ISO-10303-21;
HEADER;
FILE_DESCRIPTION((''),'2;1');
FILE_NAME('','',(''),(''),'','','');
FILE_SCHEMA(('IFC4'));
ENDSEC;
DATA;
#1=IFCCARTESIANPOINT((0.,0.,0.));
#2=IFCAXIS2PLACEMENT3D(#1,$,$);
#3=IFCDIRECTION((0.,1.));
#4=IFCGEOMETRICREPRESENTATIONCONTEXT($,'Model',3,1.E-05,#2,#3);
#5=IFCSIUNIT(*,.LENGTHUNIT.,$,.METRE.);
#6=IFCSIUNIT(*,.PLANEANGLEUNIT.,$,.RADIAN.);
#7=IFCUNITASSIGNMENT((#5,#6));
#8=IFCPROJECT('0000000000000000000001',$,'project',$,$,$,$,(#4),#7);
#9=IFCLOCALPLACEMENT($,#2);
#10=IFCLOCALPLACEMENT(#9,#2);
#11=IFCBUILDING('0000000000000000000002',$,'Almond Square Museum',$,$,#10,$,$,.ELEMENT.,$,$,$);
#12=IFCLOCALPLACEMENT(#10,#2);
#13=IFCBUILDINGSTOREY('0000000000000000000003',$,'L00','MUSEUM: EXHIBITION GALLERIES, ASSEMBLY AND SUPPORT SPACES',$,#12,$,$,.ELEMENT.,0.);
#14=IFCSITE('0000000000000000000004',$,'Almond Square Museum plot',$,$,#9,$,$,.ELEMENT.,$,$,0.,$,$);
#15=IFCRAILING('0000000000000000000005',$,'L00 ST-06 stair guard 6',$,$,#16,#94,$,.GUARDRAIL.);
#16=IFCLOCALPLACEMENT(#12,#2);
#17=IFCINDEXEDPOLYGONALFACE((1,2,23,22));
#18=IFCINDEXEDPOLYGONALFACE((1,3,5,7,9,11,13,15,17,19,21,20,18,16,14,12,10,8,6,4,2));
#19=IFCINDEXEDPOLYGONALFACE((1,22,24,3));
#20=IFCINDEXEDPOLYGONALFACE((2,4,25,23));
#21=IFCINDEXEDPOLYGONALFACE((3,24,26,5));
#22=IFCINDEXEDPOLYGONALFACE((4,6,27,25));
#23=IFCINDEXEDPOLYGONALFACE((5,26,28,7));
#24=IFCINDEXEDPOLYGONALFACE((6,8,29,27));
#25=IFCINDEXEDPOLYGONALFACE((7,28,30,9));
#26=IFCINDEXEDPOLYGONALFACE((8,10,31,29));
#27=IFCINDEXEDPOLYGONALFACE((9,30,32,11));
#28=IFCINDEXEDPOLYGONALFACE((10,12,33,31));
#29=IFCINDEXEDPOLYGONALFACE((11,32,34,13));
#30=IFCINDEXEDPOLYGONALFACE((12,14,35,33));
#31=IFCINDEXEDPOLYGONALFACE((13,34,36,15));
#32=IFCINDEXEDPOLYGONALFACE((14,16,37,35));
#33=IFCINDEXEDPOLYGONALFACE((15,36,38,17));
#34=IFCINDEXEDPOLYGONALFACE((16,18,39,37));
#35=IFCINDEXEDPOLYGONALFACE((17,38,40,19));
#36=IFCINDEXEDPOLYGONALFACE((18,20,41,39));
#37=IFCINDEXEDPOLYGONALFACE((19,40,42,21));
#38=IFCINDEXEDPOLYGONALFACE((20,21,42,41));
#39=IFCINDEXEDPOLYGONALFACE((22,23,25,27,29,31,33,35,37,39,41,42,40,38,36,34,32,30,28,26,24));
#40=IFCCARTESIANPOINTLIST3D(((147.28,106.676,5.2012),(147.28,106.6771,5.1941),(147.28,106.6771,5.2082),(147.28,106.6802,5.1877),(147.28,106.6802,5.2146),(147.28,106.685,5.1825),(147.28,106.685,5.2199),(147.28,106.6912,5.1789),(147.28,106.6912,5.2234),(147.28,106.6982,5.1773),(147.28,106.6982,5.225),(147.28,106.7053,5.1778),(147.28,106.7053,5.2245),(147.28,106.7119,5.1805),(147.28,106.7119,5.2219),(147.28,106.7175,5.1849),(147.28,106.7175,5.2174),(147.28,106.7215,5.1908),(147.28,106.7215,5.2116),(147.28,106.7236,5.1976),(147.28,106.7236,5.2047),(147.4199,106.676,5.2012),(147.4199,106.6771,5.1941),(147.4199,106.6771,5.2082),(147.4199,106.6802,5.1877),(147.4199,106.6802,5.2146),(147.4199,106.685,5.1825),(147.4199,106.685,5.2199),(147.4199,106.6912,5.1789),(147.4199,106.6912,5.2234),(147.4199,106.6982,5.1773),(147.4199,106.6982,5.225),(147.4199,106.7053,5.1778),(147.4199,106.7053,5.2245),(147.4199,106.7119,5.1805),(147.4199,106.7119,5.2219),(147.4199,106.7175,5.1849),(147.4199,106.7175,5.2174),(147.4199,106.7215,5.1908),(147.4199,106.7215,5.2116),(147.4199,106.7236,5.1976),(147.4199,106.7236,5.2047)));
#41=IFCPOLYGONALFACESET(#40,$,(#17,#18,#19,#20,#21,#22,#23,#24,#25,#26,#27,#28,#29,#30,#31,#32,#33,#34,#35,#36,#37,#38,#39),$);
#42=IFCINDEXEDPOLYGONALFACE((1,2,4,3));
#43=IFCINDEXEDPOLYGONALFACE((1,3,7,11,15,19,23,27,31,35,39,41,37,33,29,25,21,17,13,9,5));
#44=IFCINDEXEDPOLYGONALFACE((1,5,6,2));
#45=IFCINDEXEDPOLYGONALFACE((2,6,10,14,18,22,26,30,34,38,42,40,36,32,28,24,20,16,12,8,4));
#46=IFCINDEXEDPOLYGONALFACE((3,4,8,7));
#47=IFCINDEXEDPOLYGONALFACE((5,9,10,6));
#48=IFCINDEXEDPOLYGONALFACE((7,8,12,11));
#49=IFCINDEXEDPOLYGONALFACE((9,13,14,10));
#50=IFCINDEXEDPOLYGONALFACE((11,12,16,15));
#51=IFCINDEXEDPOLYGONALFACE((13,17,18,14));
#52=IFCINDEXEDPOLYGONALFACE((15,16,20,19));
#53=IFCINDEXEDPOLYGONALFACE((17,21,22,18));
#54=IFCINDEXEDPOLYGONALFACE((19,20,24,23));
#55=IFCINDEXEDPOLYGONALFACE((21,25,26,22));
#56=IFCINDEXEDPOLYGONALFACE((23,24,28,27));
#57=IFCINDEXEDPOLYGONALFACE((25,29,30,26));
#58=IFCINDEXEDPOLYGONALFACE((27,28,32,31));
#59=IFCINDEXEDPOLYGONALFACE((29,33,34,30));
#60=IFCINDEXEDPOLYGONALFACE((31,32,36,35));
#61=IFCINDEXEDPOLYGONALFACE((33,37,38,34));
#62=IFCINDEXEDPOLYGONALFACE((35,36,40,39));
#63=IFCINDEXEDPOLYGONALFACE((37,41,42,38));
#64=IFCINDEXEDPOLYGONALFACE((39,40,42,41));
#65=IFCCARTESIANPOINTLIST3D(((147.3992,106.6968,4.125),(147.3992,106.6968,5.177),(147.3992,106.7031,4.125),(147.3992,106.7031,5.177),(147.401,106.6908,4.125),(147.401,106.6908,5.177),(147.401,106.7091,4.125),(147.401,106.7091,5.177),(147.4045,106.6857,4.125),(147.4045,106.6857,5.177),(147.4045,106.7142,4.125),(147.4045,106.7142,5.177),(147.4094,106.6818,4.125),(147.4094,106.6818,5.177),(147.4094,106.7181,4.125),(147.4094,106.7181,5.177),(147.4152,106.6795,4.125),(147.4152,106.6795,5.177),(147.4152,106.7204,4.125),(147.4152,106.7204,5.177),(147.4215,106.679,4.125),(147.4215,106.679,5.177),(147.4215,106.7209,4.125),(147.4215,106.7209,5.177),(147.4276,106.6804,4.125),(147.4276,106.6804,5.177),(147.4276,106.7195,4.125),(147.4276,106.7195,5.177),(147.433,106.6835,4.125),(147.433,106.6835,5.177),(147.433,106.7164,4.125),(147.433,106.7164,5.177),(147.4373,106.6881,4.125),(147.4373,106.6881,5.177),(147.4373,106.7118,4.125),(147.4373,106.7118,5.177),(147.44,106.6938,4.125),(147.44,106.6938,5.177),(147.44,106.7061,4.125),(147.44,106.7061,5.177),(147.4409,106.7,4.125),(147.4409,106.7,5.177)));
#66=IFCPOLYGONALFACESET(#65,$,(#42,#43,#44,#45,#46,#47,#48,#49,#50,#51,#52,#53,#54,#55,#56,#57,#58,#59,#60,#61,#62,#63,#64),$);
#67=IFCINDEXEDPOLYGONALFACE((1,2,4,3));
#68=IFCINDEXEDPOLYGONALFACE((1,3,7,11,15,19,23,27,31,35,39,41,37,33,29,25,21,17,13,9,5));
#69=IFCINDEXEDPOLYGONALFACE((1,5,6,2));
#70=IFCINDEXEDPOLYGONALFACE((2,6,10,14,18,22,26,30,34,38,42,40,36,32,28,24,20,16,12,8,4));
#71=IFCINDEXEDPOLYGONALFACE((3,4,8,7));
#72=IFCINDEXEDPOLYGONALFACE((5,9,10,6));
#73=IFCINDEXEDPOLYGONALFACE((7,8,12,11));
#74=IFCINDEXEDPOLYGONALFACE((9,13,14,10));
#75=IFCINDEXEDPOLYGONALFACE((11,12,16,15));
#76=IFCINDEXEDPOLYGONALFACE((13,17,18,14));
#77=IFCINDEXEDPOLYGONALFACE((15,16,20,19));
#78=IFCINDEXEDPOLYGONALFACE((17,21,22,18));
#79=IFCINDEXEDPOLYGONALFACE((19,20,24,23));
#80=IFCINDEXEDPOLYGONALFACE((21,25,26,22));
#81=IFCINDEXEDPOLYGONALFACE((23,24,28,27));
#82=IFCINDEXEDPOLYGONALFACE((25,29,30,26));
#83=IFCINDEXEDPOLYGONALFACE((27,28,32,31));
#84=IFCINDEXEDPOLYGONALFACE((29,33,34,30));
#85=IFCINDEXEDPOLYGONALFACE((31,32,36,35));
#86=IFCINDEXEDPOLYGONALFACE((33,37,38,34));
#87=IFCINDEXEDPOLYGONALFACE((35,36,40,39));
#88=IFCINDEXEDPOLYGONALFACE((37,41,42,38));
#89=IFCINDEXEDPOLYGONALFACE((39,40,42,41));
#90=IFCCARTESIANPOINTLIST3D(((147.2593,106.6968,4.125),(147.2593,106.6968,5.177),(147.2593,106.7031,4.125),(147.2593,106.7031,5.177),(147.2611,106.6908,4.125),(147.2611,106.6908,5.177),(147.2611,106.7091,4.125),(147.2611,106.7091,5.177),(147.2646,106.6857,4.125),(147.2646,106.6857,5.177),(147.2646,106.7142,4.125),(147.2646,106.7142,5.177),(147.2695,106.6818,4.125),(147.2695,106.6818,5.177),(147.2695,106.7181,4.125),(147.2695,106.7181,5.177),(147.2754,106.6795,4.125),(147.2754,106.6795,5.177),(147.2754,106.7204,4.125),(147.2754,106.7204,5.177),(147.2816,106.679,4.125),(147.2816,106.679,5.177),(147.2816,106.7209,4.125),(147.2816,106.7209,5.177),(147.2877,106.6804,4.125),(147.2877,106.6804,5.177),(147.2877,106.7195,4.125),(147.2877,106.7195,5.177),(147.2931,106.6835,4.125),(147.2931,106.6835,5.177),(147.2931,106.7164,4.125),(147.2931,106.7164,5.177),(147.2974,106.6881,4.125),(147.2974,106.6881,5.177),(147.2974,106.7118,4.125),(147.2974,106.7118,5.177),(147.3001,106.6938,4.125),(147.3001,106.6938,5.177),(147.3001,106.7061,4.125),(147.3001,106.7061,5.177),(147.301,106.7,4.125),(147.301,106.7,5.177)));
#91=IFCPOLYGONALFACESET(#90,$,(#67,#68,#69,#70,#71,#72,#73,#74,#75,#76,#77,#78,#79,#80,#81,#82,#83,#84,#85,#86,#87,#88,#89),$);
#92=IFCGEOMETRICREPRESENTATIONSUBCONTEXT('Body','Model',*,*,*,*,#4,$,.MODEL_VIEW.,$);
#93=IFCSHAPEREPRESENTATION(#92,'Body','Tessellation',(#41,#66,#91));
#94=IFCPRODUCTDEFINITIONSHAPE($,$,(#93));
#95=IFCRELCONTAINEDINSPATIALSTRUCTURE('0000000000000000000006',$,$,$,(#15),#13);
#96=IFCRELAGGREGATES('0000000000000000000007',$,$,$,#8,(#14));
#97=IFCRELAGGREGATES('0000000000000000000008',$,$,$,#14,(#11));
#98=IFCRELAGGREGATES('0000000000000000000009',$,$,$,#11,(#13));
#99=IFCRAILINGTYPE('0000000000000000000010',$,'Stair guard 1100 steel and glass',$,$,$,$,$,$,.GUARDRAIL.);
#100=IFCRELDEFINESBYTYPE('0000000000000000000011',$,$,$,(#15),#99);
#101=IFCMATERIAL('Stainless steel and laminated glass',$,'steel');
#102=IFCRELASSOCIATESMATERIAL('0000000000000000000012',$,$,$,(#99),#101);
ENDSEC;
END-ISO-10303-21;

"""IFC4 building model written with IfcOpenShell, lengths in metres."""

from ifc_helpers import new_model, si_unit, direction, frame, origin, origin_2d, place, context, subcontext, project, spatial, circle, extrude, material, type_object, element, save


model = new_model("IFC4")

# Units and contexts
model_context = context("Model", 3, precision=1e-05, world=origin(), true_north=direction((0.0, 1.0)))
body_context = subcontext(model_context, "Body", "Model", "MODEL_VIEW")
ifc_project = project(units=[si_unit("LENGTHUNIT", "METRE"), si_unit("PLANEANGLEUNIT", "RADIAN")], contexts=[model_context])

# Site, building, storey
site_placement = place(None, origin())
site = spatial("IfcSite", under=ifc_project, at=site_placement, Name="Almond Square Museum plot", CompositionType="ELEMENT", RefElevation=0.0)
building_placement = place(site_placement, origin())
building = spatial("IfcBuilding", under=site, at=building_placement, Name="Almond Square Museum", CompositionType="ELEMENT")
storey_placement = place(building_placement, origin())
storey = spatial("IfcBuildingStorey", under=building, at=storey_placement, Name="L00", Description="MUSEUM: EXHIBITION GALLERIES, ASSEMBLY AND SUPPORT SPACES", CompositionType="ELEMENT", Elevation=0.0)

# Railing
ifc_material_1 = material(Name="Stainless steel and laminated glass", Category="steel")
railing_type_1 = type_object("IfcRailingType", Name="Stair guard 1100 steel and glass", PredefinedType="GUARDRAIL", material=ifc_material_1)
railing_1_placement = place(storey_placement, frame((147.4199, 106.7, 4.125)))
element("IfcRailing", 1, at=railing_1_placement, inside=storey, type_object=railing_type_1, Name="L00 ST-06 stair guard 6", PredefinedType="GUARDRAIL", context=body_context, shape_type="SweptSolid", body=[
    extrude(circle(Radius=0.0239, at=origin_2d()), frame((0.0, 0.0, 1.0762), z_axis=(-1.0, 0.0, 0.0), x_axis=(0.0, -1.0, 0.0)), (0.0, 0.0, 1.0), 0.1399),
    extrude(circle(Radius=0.021, at=origin_2d()), origin(), (0.0, 0.0, 1.0), 1.052),
    extrude(circle(Radius=0.021, at=origin_2d()), frame((-0.1399, 0.0, 0.0)), (0.0, 0.0, 1.0), 1.052),
])

save(model, "model.ifc")
